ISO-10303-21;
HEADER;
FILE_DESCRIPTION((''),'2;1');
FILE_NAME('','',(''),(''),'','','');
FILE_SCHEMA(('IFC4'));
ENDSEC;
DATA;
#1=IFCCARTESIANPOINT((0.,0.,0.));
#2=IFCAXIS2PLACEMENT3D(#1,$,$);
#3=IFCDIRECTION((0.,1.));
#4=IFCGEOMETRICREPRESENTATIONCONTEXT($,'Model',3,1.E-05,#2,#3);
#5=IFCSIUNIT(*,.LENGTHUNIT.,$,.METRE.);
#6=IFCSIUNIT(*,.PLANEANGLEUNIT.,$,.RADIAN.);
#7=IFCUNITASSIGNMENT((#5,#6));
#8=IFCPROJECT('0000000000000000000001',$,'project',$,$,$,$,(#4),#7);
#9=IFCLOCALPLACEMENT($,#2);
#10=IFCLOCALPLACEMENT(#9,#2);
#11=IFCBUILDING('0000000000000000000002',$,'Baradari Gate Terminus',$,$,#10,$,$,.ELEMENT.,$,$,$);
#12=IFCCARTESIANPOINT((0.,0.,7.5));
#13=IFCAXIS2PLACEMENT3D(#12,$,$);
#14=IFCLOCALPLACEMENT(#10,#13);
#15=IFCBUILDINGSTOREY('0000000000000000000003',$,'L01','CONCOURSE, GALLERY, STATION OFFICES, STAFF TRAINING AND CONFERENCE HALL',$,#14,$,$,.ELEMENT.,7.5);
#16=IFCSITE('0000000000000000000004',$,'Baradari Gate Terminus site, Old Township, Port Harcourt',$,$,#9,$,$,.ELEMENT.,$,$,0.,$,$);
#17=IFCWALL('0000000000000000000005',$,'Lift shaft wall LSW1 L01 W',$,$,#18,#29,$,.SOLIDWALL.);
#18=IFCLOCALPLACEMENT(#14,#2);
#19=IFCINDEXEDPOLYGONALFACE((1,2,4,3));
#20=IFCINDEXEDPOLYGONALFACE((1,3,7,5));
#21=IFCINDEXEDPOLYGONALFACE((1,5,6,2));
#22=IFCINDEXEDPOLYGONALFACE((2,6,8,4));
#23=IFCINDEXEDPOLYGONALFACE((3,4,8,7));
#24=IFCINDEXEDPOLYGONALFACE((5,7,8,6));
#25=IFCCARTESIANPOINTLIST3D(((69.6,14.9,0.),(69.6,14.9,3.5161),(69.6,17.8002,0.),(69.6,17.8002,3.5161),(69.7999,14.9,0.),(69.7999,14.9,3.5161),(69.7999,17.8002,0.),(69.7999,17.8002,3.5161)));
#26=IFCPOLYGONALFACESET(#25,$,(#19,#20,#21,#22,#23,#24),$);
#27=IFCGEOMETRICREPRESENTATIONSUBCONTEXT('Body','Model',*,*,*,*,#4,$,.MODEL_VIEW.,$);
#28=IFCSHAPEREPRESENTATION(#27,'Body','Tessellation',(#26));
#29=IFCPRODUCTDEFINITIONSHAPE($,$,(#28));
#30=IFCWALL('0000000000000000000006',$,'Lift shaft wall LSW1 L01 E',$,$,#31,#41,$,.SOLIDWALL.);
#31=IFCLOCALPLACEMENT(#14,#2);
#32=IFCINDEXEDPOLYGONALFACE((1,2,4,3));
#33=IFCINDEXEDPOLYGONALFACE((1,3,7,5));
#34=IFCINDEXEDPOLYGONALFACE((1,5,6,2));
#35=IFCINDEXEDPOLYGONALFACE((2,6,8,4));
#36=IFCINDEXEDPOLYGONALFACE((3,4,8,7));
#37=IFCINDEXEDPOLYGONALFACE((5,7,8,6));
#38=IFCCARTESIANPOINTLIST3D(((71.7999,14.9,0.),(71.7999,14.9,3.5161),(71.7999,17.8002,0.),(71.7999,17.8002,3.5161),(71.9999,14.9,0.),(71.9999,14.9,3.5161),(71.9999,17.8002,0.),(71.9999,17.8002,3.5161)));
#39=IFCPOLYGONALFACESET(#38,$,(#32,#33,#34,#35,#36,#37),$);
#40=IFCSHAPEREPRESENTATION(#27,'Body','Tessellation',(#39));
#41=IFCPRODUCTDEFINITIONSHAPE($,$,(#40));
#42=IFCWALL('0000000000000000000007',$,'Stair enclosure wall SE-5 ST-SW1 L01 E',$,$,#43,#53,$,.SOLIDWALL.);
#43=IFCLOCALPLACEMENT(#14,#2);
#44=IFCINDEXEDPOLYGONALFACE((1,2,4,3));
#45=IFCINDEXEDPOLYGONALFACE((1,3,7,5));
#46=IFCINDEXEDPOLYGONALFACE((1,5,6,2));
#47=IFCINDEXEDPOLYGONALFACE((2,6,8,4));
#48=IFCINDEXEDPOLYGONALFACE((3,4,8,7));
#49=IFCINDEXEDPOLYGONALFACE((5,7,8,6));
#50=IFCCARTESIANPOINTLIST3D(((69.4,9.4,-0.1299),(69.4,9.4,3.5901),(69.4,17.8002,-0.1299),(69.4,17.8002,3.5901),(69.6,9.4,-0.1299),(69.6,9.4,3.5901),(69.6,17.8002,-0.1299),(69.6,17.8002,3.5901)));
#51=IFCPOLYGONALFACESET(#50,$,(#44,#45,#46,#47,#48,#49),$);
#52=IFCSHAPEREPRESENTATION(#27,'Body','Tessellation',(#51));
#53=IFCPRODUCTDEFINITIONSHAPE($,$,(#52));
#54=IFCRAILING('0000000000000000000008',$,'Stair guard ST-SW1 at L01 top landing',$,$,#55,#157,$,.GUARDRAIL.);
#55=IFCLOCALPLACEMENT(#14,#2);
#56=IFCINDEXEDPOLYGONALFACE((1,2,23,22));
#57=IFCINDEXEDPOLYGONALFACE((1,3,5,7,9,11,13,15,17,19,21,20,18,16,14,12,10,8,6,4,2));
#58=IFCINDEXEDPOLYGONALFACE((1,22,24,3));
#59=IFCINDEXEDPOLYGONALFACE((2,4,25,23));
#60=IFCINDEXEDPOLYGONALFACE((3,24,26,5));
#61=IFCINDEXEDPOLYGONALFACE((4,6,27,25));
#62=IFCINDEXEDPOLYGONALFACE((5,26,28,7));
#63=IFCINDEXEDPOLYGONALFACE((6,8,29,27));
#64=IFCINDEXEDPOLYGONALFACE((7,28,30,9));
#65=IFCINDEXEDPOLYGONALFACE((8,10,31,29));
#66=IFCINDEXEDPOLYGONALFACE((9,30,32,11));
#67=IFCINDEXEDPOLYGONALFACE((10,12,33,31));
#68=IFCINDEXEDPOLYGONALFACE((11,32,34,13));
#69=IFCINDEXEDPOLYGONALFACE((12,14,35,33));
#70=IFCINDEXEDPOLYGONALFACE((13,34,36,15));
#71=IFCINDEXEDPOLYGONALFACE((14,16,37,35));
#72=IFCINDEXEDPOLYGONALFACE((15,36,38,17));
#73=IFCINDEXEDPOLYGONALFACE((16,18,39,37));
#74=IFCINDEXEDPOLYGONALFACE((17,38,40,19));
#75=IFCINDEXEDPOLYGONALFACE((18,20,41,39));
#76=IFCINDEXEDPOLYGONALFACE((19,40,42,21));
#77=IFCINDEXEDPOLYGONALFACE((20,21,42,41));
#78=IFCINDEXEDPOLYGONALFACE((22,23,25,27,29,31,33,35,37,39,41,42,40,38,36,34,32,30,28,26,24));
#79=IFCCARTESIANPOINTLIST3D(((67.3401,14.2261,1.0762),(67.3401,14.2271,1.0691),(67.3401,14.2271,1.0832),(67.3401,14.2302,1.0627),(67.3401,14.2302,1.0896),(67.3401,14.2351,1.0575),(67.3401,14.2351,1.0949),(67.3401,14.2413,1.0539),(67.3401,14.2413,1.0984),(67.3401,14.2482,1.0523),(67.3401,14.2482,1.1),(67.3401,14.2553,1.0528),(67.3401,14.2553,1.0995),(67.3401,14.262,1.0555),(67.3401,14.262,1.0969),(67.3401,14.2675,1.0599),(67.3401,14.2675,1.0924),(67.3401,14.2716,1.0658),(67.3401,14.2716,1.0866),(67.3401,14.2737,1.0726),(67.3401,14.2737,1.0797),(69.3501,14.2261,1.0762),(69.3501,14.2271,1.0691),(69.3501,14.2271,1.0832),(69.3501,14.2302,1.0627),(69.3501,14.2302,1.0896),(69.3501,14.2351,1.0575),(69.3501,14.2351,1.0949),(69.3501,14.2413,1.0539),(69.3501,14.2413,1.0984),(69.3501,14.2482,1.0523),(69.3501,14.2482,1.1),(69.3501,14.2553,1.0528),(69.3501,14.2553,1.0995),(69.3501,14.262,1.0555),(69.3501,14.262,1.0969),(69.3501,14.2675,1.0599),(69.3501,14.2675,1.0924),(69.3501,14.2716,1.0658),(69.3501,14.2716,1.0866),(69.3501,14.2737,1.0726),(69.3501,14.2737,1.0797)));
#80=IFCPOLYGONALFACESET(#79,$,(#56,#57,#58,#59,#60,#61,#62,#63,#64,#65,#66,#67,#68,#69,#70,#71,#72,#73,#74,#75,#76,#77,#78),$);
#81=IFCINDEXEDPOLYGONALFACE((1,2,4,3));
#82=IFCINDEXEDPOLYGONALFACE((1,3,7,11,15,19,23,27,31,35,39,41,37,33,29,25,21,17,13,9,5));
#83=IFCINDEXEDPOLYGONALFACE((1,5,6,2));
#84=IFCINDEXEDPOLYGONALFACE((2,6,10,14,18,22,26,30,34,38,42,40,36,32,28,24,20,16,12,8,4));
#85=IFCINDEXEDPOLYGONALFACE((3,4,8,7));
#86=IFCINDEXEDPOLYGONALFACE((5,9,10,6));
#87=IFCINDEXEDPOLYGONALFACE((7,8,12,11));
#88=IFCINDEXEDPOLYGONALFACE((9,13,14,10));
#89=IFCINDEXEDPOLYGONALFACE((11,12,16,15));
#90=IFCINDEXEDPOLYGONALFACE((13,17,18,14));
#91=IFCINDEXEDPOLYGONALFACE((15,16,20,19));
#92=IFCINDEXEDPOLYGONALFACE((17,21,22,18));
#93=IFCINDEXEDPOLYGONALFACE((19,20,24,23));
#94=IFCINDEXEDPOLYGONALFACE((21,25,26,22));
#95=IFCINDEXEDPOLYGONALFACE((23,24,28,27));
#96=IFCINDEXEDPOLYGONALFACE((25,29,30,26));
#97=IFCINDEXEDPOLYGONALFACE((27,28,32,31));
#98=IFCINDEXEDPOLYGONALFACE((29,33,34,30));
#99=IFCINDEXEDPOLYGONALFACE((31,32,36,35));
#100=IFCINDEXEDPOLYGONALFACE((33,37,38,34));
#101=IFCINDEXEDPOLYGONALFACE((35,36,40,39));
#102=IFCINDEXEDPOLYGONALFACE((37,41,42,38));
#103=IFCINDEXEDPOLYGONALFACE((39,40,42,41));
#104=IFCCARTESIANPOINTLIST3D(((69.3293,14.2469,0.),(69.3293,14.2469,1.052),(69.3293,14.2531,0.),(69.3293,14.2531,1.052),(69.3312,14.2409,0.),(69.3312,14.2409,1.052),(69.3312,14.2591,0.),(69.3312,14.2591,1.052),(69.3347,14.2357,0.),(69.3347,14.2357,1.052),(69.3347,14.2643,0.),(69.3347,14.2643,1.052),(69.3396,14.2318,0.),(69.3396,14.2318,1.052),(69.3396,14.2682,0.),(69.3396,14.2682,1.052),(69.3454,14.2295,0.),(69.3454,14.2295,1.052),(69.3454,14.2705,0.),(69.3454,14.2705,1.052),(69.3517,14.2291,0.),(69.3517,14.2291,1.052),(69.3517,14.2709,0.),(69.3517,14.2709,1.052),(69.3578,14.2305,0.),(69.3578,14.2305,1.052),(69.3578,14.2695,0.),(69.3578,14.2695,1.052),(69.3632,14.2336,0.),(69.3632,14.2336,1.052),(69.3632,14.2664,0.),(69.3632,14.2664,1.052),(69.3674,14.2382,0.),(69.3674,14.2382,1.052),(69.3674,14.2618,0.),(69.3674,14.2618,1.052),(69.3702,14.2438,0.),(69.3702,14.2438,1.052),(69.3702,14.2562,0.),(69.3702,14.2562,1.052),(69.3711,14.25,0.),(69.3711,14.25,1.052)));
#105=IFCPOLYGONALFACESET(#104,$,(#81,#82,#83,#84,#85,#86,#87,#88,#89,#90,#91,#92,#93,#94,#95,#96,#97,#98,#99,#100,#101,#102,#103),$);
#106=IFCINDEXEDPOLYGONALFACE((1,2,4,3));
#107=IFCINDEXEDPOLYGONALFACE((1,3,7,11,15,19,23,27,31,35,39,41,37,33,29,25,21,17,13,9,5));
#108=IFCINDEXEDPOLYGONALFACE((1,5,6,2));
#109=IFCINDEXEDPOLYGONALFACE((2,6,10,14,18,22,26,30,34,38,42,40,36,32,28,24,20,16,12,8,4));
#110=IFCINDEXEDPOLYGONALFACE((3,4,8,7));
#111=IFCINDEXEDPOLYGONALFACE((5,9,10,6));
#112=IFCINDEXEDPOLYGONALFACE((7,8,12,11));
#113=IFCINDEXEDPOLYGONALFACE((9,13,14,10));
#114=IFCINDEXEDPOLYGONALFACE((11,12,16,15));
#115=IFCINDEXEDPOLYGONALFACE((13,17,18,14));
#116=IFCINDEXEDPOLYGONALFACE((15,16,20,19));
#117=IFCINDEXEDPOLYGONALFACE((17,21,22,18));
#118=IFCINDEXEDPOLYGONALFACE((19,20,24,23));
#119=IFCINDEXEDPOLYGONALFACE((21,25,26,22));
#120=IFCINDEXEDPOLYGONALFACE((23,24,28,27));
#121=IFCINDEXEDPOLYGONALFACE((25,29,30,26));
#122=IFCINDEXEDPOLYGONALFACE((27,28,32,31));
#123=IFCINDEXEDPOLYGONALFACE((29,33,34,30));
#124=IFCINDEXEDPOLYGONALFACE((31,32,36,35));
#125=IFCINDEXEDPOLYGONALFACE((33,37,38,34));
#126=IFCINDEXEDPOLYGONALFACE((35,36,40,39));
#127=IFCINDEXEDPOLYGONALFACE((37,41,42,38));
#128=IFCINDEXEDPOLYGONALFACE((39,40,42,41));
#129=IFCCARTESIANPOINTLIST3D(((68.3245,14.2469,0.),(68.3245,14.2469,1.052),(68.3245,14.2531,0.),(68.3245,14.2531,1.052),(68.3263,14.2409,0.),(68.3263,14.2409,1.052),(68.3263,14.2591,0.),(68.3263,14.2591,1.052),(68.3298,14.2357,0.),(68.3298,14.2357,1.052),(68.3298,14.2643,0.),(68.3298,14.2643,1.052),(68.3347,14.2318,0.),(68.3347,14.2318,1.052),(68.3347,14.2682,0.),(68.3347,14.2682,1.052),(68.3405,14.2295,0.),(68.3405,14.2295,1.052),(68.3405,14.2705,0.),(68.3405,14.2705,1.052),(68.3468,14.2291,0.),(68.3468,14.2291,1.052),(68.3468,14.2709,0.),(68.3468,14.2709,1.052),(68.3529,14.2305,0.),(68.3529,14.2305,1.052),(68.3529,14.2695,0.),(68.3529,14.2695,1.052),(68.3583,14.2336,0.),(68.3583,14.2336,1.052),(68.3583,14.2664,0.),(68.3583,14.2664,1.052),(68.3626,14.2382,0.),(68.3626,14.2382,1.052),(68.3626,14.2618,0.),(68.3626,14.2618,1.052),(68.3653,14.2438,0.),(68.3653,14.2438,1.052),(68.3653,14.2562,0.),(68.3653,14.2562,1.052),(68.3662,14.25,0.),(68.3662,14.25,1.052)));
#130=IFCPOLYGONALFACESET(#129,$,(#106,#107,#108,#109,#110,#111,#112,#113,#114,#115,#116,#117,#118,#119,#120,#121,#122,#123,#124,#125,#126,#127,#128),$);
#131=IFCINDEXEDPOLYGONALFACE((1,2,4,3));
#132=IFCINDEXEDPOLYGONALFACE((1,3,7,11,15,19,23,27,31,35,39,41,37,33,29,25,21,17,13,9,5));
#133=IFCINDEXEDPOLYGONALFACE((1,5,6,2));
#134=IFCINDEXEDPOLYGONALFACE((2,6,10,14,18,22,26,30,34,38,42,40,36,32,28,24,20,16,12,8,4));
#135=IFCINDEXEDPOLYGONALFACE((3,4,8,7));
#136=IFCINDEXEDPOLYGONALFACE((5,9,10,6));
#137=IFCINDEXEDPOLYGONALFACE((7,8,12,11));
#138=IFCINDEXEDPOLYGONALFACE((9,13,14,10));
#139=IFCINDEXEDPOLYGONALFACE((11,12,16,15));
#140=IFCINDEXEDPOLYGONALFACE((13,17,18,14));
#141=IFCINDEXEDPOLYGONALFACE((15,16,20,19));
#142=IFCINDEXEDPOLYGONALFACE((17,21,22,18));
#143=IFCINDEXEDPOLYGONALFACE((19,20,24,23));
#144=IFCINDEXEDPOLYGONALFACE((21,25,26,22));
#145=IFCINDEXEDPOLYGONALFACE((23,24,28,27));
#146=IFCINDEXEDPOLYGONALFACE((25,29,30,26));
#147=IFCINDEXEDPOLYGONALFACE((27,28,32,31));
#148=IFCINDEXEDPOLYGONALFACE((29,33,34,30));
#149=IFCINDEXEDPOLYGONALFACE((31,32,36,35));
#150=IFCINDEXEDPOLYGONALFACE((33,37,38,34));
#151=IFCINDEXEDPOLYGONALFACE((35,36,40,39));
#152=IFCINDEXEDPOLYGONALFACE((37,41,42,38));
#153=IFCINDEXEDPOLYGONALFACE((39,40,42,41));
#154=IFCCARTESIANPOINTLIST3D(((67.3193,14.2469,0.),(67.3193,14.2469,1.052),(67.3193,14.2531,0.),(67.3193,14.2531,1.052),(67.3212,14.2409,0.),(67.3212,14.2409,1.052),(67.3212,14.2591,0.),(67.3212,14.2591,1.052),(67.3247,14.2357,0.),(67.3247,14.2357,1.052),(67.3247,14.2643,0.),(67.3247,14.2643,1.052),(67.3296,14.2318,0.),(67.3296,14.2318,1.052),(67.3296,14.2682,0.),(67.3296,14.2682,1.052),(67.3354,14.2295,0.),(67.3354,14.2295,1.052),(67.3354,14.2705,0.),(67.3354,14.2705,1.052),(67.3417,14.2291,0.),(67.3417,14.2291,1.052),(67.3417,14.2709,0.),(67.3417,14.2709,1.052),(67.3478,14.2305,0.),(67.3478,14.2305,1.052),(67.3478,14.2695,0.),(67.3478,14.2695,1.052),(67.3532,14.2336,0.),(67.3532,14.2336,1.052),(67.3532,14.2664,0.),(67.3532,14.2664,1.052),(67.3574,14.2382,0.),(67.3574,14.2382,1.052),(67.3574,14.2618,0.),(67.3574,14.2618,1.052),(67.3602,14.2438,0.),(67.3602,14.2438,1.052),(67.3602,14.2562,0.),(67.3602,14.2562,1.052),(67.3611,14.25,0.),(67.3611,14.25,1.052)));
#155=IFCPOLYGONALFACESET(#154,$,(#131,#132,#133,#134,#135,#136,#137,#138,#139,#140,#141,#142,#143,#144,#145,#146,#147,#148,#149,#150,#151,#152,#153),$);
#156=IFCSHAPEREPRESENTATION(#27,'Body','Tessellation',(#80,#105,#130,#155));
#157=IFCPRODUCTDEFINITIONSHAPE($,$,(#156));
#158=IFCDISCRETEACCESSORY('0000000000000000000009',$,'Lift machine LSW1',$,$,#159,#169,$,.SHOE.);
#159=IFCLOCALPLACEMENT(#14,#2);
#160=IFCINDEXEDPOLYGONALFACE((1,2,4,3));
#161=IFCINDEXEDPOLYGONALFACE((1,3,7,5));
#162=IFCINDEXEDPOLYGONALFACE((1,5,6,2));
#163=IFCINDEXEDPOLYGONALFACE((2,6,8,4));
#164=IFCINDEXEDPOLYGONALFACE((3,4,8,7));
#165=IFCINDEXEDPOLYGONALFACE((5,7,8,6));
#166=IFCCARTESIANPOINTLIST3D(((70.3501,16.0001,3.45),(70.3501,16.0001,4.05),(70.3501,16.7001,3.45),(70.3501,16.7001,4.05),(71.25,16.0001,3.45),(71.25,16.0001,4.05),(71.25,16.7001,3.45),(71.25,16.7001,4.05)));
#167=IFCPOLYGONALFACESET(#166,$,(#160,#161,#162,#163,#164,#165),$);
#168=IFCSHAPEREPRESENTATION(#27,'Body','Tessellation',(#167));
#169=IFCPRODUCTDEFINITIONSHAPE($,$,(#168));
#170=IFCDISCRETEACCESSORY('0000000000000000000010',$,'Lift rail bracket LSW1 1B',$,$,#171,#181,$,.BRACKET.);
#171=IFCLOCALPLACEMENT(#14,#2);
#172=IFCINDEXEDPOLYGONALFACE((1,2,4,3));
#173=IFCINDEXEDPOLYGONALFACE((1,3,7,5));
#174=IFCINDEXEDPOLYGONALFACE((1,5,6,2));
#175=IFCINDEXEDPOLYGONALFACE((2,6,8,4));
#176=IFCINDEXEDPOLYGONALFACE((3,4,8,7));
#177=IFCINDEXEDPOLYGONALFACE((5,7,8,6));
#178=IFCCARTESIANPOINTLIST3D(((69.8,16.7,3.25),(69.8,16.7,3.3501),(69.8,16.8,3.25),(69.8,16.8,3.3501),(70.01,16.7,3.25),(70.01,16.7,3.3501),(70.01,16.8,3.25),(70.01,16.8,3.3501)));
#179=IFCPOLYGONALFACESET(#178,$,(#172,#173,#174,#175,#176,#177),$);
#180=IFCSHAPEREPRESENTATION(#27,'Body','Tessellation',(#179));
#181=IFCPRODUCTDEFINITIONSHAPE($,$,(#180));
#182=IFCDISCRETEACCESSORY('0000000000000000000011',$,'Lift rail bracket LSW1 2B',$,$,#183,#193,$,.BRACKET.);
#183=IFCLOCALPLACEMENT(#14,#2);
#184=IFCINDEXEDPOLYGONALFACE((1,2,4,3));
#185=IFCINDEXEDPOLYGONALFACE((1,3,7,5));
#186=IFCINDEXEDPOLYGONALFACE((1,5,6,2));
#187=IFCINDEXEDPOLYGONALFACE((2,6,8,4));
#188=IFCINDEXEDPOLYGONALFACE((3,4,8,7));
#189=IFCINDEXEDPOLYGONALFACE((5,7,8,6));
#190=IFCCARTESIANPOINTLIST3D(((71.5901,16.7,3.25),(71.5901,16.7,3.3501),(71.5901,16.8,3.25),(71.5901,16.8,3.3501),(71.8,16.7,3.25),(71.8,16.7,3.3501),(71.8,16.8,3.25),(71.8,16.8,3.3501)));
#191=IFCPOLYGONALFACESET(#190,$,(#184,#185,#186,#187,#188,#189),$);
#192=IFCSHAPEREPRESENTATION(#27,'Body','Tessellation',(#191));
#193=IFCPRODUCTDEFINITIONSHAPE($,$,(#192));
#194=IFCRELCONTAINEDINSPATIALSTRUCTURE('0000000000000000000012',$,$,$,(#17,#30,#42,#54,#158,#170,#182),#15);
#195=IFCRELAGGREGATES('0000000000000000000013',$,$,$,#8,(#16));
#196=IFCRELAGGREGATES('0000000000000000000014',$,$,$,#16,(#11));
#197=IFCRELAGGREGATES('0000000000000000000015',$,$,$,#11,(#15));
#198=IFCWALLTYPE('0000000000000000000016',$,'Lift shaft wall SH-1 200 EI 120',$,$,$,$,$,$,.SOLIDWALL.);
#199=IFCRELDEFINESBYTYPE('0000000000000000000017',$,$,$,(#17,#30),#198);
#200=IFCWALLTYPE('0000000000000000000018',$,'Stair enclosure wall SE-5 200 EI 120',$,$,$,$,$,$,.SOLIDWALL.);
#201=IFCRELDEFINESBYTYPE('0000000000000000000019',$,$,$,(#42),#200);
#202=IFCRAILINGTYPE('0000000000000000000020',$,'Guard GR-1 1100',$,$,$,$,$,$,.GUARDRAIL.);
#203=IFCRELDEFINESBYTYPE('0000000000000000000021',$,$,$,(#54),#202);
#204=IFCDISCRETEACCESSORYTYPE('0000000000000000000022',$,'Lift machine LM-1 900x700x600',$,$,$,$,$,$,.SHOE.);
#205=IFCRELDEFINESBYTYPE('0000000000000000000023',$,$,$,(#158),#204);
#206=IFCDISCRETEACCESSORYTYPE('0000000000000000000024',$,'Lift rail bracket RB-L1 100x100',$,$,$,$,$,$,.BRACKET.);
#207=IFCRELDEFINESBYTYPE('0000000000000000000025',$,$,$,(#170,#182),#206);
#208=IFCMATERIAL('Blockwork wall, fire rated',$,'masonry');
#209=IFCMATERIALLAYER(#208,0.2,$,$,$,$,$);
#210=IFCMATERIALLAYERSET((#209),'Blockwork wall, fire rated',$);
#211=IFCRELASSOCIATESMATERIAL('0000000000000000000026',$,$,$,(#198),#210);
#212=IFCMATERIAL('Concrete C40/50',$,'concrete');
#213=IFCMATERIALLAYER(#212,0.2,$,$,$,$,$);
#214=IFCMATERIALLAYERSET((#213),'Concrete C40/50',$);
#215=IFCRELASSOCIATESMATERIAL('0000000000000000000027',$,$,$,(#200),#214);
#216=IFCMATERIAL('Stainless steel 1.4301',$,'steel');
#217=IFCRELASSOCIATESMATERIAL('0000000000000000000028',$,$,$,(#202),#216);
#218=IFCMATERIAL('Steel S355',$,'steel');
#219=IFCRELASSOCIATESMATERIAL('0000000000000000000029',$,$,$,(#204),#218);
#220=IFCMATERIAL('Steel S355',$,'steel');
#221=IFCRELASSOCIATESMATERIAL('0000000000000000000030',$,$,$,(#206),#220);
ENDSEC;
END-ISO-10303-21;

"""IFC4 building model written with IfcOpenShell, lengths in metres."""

from ifc_helpers import new_model, si_unit, direction, frame, frame_2d, origin, origin_2d, place, context, subcontext, project, spatial, rectangle, circle, extrude, material, layer, layer_set, type_object, element, save


model = new_model("IFC4")

# Units and contexts
model_context = context("Model", 3, precision=1e-05, world=origin(), true_north=direction((0.0, 1.0)))
body_context = subcontext(model_context, "Body", "Model", "MODEL_VIEW")
ifc_project = project(units=[si_unit("LENGTHUNIT", "METRE"), si_unit("PLANEANGLEUNIT", "RADIAN")], contexts=[model_context])

# Site, building, storey
site_placement = place(None, origin())
site = spatial("IfcSite", under=ifc_project, at=site_placement, Name="Baradari Gate Terminus site, Old Township, Port Harcourt", CompositionType="ELEMENT", RefElevation=0.0)
building_placement = place(site_placement, origin())
building = spatial("IfcBuilding", under=site, at=building_placement, Name="Baradari Gate Terminus", CompositionType="ELEMENT")
storey_placement = place(building_placement, frame((0.0, 0.0, 7.5)))
storey = spatial("IfcBuildingStorey", under=building, at=storey_placement, Name="L01", Description="CONCOURSE, GALLERY, STATION OFFICES, STAFF TRAINING AND CONFERENCE HALL", CompositionType="ELEMENT", Elevation=7.5)

# Shared definitions
ifc_material_1 = material(Name="Blockwork wall, fire rated", Category="masonry")
ifc_layer_1 = layer(ifc_material_1, 0.2)
ifc_layer_set_1 = layer_set([ifc_layer_1], Name="Blockwork wall, fire rated")
wall_type_1 = type_object("IfcWallType", Name="Lift shaft wall SH-1 200 EI 120", PredefinedType="SOLIDWALL", material=ifc_layer_set_1)

# Walls
for number, where, z_axis, x_axis, name in (
    (1, (69.7, 14.8999, 0.0), (0.0, 0.0, 1.0), (0.0, 1.0, 0.0), "Lift shaft wall LSW1 L01 W"),
    (2, (71.8999, 14.8999, 0.0), (0.0, 0.0, 1.0), (0.0, 1.0, 0.0), "Lift shaft wall LSW1 L01 E"),
):
    element("IfcWall", number, at=place(storey_placement, frame(where, z_axis=z_axis, x_axis=x_axis)), inside=storey, type_object=wall_type_1, Name=name, PredefinedType="SOLIDWALL", context=body_context, shape_type="SweptSolid", body=[
        extrude(rectangle(XDim=2.9001, YDim=0.2, at=frame_2d((1.4502, 0.0))), origin(), (0.0, 0.0, 1.0), 3.5161),
    ])
ifc_material_2 = material(Name="Concrete C40/50", Category="concrete")
ifc_layer_2 = layer(ifc_material_2, 0.2)
ifc_layer_set_2 = layer_set([ifc_layer_2], Name="Concrete C40/50")
wall_type_2 = type_object("IfcWallType", Name="Stair enclosure wall SE-5 200 EI 120", PredefinedType="SOLIDWALL", material=ifc_layer_set_2)
wall_1_placement = place(storey_placement, frame((69.5, 9.3999, -0.1299), z_axis=(0.0, 0.0, 1.0), x_axis=(0.0, 1.0, 0.0)))
element("IfcWall", 3, at=wall_1_placement, inside=storey, type_object=wall_type_2, Name="Stair enclosure wall SE-5 ST-SW1 L01 E", PredefinedType="SOLIDWALL", context=body_context, shape_type="SweptSolid", body=[
    extrude(rectangle(XDim=8.4001, YDim=0.2, at=frame_2d((4.2002, 0.0))), origin(), (0.0, 0.0, 1.0), 3.72),
])

# Railing
ifc_material_3 = material(Name="Stainless steel 1.4301", Category="steel")
railing_type = type_object("IfcRailingType", Name="Guard GR-1 1100", PredefinedType="GUARDRAIL", material=ifc_material_3)
railing_placement = place(storey_placement, frame((69.3501, 14.25, 0.0)))
element("IfcRailing", 4, at=railing_placement, inside=storey, type_object=railing_type, Name="Stair guard ST-SW1 at L01 top landing", PredefinedType="GUARDRAIL", context=body_context, shape_type="SweptSolid", body=[
    extrude(circle(Radius=0.0239, at=origin_2d()), frame((0.0, 0.0, 1.0762), z_axis=(-1.0, 0.0, 0.0), x_axis=(0.0, -1.0, 0.0)), (0.0, 0.0, 1.0), 2.01),
    extrude(circle(Radius=0.021, at=origin_2d()), origin(), (0.0, 0.0, 1.0), 1.052),
    extrude(circle(Radius=0.021, at=origin_2d()), frame((-1.0049, 0.0, 0.0)), (0.0, 0.0, 1.0), 1.052),
    extrude(circle(Radius=0.021, at=origin_2d()), frame((-2.01, 0.0, 0.0)), (0.0, 0.0, 1.0), 1.052),
])

# Discrete accessories
ifc_material_4 = material(Name="Steel S355", Category="steel")
discrete_accessory_type_1 = type_object("IfcDiscreteAccessoryType", Name="Lift machine LM-1 900x700x600", PredefinedType="SHOE", material=ifc_material_4)
discrete_accessory_placement = place(storey_placement, frame((70.8, 16.3501, 3.45), z_axis=(0.0, 0.0, 1.0), x_axis=(1.0, 0.0, 0.0)))
element("IfcDiscreteAccessory", 5, at=discrete_accessory_placement, inside=storey, type_object=discrete_accessory_type_1, Name="Lift machine LSW1", PredefinedType="SHOE", context=body_context, shape_type="SweptSolid", body=[
    extrude(rectangle(XDim=0.8999, YDim=0.7, at=origin_2d()), origin(), (0.0, 0.0, 1.0), 0.6001),
])
ifc_material_5 = material(Name="Steel S355", Category="steel")
discrete_accessory_type_2 = type_object("IfcDiscreteAccessoryType", Name="Lift rail bracket RB-L1 100x100", PredefinedType="BRACKET", material=ifc_material_5)
for number, where, z_axis, x_axis, name in (
    (6, (69.905, 16.75, 3.25), (0.0, 0.0, 1.0), (1.0, 0.0, 0.0), "Lift rail bracket LSW1 1B"),
    (7, (71.6951, 16.75, 3.25), (0.0, 0.0, 1.0), (1.0, 0.0, 0.0), "Lift rail bracket LSW1 2B"),
):
    element("IfcDiscreteAccessory", number, at=place(storey_placement, frame(where, z_axis=z_axis, x_axis=x_axis)), inside=storey, type_object=discrete_accessory_type_2, Name=name, PredefinedType="BRACKET", context=body_context, shape_type="SweptSolid", body=[
        extrude(rectangle(XDim=0.21, YDim=0.1001, at=origin_2d()), origin(), (0.0, 0.0, 1.0), 0.1001),
    ])

save(model, "model.ifc")
